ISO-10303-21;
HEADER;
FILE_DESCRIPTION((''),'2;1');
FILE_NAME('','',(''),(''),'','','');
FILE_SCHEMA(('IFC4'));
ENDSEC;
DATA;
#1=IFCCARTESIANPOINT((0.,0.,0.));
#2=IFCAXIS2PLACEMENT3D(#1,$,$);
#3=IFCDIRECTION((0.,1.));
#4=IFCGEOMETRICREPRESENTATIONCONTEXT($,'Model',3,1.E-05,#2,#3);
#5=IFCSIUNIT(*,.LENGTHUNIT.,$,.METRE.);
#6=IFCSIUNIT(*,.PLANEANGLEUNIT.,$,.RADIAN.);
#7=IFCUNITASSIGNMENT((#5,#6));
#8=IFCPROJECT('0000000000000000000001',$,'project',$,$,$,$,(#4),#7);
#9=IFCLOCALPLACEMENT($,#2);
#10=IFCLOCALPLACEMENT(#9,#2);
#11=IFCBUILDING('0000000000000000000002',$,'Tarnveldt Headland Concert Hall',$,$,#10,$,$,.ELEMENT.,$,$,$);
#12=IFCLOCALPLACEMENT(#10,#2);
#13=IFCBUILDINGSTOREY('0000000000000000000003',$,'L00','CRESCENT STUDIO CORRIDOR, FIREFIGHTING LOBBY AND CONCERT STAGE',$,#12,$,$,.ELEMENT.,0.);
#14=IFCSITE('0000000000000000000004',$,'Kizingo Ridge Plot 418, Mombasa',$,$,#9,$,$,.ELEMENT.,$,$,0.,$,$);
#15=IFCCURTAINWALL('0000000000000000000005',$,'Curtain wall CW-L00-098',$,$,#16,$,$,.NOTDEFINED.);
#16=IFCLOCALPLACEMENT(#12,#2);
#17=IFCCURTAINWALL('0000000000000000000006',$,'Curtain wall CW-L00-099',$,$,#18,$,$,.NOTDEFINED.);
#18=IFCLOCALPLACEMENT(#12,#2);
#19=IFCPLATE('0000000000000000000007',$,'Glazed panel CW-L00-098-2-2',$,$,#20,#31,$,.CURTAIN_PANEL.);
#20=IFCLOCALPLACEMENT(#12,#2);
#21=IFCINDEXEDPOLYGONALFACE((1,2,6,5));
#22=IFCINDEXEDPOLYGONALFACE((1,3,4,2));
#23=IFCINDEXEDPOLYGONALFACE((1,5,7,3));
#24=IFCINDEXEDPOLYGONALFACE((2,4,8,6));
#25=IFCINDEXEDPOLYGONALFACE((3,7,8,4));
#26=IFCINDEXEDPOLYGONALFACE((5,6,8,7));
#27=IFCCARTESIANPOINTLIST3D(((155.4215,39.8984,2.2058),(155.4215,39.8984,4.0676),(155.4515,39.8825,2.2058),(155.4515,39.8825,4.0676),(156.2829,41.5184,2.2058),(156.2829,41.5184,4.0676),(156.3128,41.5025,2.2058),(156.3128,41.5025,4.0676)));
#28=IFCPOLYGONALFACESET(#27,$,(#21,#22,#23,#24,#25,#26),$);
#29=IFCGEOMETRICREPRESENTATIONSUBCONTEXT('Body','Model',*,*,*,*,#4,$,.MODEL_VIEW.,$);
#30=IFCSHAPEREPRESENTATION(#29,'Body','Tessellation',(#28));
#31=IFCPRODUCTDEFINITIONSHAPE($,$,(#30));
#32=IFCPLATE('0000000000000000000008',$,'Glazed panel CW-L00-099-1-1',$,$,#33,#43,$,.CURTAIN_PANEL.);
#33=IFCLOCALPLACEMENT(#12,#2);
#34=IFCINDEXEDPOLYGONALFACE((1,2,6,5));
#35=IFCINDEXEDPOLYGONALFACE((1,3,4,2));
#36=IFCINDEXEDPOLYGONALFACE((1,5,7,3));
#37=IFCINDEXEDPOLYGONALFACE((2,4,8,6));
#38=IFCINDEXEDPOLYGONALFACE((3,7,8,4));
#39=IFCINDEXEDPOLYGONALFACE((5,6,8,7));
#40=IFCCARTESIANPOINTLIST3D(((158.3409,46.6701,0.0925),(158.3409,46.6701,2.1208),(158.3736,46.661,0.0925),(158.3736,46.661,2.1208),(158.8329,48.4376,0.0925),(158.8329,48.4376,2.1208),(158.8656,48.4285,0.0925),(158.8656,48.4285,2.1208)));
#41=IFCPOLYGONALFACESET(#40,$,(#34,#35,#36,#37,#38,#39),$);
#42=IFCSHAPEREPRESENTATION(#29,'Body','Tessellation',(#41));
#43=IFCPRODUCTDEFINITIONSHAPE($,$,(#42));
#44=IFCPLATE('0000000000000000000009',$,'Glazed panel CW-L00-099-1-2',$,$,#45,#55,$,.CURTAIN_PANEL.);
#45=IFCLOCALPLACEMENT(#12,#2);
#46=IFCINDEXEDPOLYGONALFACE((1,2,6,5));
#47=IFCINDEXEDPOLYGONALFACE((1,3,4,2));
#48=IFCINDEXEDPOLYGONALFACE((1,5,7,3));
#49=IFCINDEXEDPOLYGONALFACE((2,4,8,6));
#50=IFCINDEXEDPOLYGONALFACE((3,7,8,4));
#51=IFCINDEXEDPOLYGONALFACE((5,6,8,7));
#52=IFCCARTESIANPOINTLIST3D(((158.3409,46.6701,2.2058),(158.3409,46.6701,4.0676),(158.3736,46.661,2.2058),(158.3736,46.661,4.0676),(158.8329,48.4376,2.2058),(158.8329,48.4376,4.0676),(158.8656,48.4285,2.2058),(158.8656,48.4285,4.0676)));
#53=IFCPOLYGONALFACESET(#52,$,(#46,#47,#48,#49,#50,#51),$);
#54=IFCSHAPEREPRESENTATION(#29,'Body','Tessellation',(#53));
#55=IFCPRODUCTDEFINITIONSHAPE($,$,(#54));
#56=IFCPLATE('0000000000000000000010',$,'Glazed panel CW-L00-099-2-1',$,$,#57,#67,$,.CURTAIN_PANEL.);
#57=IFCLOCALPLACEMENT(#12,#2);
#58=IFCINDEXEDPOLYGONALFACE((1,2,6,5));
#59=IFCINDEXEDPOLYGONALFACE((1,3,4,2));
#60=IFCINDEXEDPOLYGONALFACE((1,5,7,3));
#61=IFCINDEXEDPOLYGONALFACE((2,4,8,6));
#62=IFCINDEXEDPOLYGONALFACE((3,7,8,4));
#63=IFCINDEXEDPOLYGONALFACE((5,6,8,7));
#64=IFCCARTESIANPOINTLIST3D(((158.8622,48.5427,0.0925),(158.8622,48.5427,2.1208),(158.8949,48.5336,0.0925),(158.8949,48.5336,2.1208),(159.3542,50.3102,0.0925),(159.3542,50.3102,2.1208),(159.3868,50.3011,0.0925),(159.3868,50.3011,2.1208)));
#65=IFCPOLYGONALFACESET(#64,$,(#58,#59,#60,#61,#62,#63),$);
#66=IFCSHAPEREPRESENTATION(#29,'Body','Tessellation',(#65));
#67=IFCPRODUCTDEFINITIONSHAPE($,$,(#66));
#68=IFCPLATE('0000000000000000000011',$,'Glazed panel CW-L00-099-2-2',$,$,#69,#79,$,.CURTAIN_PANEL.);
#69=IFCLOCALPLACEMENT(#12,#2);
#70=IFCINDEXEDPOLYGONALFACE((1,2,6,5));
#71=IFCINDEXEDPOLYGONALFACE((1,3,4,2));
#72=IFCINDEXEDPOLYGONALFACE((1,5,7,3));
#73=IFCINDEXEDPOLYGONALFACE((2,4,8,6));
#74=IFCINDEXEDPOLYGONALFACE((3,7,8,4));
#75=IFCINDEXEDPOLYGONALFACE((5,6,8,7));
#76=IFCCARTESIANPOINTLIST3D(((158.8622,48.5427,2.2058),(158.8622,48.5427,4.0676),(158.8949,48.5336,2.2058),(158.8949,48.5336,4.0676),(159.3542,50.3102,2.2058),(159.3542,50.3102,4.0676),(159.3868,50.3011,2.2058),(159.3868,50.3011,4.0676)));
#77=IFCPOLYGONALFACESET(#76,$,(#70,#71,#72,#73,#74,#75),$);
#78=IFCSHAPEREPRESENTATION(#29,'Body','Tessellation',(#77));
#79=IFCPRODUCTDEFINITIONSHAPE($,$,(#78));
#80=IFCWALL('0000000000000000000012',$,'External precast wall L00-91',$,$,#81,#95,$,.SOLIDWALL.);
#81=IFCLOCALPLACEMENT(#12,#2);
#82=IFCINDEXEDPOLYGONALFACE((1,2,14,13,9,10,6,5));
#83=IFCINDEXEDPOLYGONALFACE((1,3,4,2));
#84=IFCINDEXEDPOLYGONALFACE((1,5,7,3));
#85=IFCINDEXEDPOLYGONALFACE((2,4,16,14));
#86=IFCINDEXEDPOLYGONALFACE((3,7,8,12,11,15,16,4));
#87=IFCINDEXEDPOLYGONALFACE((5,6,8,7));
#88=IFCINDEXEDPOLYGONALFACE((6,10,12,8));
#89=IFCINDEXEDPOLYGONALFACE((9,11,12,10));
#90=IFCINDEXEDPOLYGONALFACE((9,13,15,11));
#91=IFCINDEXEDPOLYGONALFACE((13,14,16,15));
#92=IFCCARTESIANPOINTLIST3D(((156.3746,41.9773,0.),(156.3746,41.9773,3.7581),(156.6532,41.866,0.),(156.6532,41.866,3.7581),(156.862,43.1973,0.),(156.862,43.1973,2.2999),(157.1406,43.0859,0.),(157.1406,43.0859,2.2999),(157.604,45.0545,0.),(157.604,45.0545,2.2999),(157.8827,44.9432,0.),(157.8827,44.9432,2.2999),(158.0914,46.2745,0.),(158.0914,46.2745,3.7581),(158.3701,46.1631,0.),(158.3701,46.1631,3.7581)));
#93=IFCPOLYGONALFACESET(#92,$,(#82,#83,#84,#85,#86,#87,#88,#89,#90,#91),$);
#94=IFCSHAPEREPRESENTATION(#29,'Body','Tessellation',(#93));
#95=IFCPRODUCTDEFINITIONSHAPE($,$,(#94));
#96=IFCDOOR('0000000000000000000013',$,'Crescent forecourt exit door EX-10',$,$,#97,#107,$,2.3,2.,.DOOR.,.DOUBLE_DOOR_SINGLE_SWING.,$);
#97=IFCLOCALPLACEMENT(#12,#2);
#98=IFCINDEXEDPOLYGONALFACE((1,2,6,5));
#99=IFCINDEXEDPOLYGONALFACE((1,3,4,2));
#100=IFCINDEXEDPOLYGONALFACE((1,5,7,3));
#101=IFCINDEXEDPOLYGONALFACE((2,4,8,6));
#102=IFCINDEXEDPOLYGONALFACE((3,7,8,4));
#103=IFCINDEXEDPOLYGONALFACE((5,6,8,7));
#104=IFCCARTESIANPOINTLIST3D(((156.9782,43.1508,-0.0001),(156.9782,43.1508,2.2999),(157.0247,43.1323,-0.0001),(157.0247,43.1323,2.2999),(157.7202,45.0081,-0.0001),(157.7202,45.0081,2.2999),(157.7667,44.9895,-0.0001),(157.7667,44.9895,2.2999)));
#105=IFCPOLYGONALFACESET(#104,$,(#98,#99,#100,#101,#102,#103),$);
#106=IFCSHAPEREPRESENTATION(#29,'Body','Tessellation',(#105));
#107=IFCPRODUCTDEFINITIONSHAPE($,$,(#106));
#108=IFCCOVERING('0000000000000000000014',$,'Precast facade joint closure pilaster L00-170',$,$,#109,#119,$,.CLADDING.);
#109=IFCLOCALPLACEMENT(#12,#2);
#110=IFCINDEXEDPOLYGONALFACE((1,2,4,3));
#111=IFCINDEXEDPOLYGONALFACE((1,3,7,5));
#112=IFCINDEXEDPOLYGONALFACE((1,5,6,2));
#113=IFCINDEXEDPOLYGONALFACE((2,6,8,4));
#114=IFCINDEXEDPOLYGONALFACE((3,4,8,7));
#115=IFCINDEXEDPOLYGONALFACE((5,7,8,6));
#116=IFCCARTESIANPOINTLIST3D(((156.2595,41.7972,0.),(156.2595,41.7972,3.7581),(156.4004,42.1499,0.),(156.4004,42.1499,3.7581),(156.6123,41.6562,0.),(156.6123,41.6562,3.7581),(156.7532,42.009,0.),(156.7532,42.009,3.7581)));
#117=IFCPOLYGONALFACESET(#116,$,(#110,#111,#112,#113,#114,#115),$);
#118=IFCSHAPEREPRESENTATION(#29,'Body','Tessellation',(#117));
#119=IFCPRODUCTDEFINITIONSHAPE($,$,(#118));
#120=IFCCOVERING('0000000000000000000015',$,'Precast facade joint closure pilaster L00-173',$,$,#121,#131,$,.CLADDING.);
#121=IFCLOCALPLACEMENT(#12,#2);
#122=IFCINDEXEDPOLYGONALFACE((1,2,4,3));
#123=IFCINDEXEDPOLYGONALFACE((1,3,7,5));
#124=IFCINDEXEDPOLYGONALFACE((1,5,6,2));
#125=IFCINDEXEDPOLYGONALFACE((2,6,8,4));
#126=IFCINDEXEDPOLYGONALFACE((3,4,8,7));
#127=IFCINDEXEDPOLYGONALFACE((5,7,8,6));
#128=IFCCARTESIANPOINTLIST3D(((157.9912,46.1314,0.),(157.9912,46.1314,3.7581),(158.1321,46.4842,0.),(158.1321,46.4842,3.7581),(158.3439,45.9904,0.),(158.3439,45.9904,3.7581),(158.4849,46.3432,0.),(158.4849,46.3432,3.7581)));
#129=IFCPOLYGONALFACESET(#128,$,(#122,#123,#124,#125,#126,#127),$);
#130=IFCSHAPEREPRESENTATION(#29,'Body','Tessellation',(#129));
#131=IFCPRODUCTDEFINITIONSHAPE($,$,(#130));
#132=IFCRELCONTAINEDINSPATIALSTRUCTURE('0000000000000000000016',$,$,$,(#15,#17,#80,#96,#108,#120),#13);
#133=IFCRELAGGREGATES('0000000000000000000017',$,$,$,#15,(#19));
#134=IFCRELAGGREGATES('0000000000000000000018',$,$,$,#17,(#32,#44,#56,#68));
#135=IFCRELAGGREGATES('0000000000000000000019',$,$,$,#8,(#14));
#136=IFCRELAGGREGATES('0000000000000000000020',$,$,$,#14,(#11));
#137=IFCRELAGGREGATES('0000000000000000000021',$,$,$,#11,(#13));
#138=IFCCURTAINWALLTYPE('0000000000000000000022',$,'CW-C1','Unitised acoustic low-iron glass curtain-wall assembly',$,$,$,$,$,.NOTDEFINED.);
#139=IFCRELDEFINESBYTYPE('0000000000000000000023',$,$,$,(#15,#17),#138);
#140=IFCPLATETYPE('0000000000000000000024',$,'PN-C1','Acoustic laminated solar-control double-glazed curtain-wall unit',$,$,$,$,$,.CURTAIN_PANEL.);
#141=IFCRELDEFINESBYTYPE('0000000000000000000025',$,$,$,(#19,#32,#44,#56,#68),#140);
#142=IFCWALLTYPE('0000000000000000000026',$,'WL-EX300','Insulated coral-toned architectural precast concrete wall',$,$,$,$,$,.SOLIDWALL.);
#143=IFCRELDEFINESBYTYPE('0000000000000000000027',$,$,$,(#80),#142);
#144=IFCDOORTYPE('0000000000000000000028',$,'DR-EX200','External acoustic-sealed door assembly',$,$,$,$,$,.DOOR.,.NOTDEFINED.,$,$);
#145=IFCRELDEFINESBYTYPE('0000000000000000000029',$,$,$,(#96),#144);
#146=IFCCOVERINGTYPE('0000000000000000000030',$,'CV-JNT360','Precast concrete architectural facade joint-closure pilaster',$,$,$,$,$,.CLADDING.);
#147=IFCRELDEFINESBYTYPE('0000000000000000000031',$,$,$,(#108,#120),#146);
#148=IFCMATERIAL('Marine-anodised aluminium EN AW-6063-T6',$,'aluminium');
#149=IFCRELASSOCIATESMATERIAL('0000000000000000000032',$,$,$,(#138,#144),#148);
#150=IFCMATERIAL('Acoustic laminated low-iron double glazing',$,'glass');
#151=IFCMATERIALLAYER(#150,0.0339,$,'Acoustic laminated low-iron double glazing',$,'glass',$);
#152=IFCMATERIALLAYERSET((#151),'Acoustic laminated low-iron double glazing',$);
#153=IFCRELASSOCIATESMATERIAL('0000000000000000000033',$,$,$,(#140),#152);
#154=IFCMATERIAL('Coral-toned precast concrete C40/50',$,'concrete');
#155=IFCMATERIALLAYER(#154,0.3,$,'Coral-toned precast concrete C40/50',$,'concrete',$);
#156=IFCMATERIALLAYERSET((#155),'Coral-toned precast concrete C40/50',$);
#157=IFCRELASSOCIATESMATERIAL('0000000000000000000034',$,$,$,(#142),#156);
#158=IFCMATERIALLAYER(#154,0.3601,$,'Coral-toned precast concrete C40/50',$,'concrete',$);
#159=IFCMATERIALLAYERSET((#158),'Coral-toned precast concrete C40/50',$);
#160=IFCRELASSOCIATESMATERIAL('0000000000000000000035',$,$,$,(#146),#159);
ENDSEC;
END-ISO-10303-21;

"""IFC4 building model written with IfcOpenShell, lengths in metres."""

from ifc_helpers import new_model, si_unit, direction, frame, frame_2d, origin, origin_2d, place, context, subcontext, project, spatial, rectangle, extrude, material, layer, layer_set, type_object, element, fill, aggregate, save


model = new_model("IFC4")

# Units and contexts
model_context = context("Model", 3, precision=1e-05, world=origin(), true_north=direction((0.0, 1.0)))
body_context = subcontext(model_context, "Body", "Model", "MODEL_VIEW")
ifc_project = project(units=[si_unit("LENGTHUNIT", "METRE"), si_unit("PLANEANGLEUNIT", "RADIAN")], contexts=[model_context])

# Site, building, storey
site_placement = place(None, origin())
site = spatial("IfcSite", under=ifc_project, at=site_placement, Name="Kizingo Ridge Plot 418, Mombasa", CompositionType="ELEMENT", RefElevation=0.0)
building_placement = place(site_placement, origin())
building = spatial("IfcBuilding", under=site, at=building_placement, Name="Tarnveldt Headland Concert Hall", CompositionType="ELEMENT")
storey_placement = place(building_placement, origin())
storey = spatial("IfcBuildingStorey", under=building, at=storey_placement, Name="L00", Description="CRESCENT STUDIO CORRIDOR, FIREFIGHTING LOBBY AND CONCERT STAGE", CompositionType="ELEMENT", Elevation=0.0)

# Curtain walls
ifc_material_1 = material(Name="Marine-anodised aluminium EN AW-6063-T6", Category="aluminium")
curtain_wall_type = type_object("IfcCurtainWallType", Name="CW-C1", Description="Unitised acoustic low-iron glass curtain-wall assembly", PredefinedType="NOTDEFINED", material=ifc_material_1)
curtain_wall_1_placement = place(storey_placement, origin())
curtain_wall_1 = element("IfcCurtainWall", 1, at=curtain_wall_1_placement, inside=storey, type_object=curtain_wall_type, Name="Curtain wall CW-L00-098", PredefinedType="NOTDEFINED")
curtain_wall_2_placement = place(storey_placement, origin())
curtain_wall_2 = element("IfcCurtainWall", 2, at=curtain_wall_2_placement, inside=storey, type_object=curtain_wall_type, Name="Curtain wall CW-L00-099", PredefinedType="NOTDEFINED")

# Plates
ifc_material_2 = material(Name="Acoustic laminated low-iron double glazing", Category="glass")
ifc_layer_1 = layer(ifc_material_2, 0.0339, Name="Acoustic laminated low-iron double glazing", Category="glass")
ifc_layer_set_1 = layer_set([ifc_layer_1], Name="Acoustic laminated low-iron double glazing")
plate_type = type_object("IfcPlateType", Name="PN-C1", Description="Acoustic laminated solar-control double-glazed curtain-wall unit", PredefinedType="CURTAIN_PANEL", material=ifc_layer_set_1)
plate_1_placement = place(storey_placement, frame((155.8672, 40.7004, 2.2058), z_axis=(0.0, 0.0, 1.0), x_axis=(0.469472, 0.882948, 0.0)))
plate_1 = element("IfcPlate", 3, at=plate_1_placement, type_object=plate_type, Name="Glazed panel CW-L00-098-2-2", PredefinedType="CURTAIN_PANEL", context=body_context, shape_type="SweptSolid", body=[
    extrude(rectangle(XDim=1.8347, YDim=0.0339, at=origin_2d()), origin(), (0.0, 0.0, 1.0), 1.8618),
])
aggregate(curtain_wall_1, [plate_1])
plate_2_placement = place(storey_placement, frame((158.6033, 47.5493, 0.0925), z_axis=(0.0, 0.0, 1.0), x_axis=(0.268146, 0.963378, 0.0)))
plate_2 = element("IfcPlate", 4, at=plate_2_placement, type_object=plate_type, Name="Glazed panel CW-L00-099-1-1", PredefinedType="CURTAIN_PANEL", context=body_context, shape_type="SweptSolid", body=[
    extrude(rectangle(XDim=1.8347, YDim=0.0339, at=origin_2d()), origin(), (0.0, 0.0, 1.0), 2.0283),
])
plate_3_placement = place(storey_placement, frame((158.6033, 47.5493, 2.2058), z_axis=(0.0, 0.0, 1.0), x_axis=(0.268146, 0.963378, 0.0)))
plate_3 = element("IfcPlate", 5, at=plate_3_placement, type_object=plate_type, Name="Glazed panel CW-L00-099-1-2", PredefinedType="CURTAIN_PANEL", context=body_context, shape_type="SweptSolid", body=[
    extrude(rectangle(XDim=1.8347, YDim=0.0339, at=origin_2d()), origin(), (0.0, 0.0, 1.0), 1.8618),
])
plate_4_placement = place(storey_placement, frame((159.1245, 49.4219, 0.0925), z_axis=(0.0, 0.0, 1.0), x_axis=(0.268146, 0.963378, 0.0)))
plate_4 = element("IfcPlate", 6, at=plate_4_placement, type_object=plate_type, Name="Glazed panel CW-L00-099-2-1", PredefinedType="CURTAIN_PANEL", context=body_context, shape_type="SweptSolid", body=[
    extrude(rectangle(XDim=1.8347, YDim=0.0339, at=origin_2d()), origin(), (0.0, 0.0, 1.0), 2.0283),
])
plate_5_placement = place(storey_placement, frame((159.1245, 49.4219, 2.2058), z_axis=(0.0, 0.0, 1.0), x_axis=(0.268146, 0.963378, 0.0)))
plate_5 = element("IfcPlate", 7, at=plate_5_placement, type_object=plate_type, Name="Glazed panel CW-L00-099-2-2", PredefinedType="CURTAIN_PANEL", context=body_context, shape_type="SweptSolid", body=[
    extrude(rectangle(XDim=1.8347, YDim=0.0339, at=origin_2d()), origin(), (0.0, 0.0, 1.0), 1.8618),
])
aggregate(curtain_wall_2, [plate_2, plate_3, plate_4, plate_5])

# Wall, opening, door
ifc_material_3 = material(Name="Coral-toned precast concrete C40/50", Category="concrete")
ifc_layer_2 = layer(ifc_material_3, 0.3, Name="Coral-toned precast concrete C40/50", Category="concrete")
ifc_layer_set_2 = layer_set([ifc_layer_2], Name="Coral-toned precast concrete C40/50")
wall_type = type_object("IfcWallType", Name="WL-EX300", Description="Insulated coral-toned architectural precast concrete wall", PredefinedType="SOLIDWALL", material=ifc_layer_set_2)
wall_placement = place(storey_placement, frame((156.5139, 41.9216, 0.0), z_axis=(0.0, 0.0, 1.0), x_axis=(0.371009, 0.928629, 0.0)))
wall = element("IfcWall", 8, at=wall_placement, inside=storey, type_object=wall_type, Name="External precast wall L00-91", PredefinedType="SOLIDWALL", context=body_context, shape_type="SweptSolid", body=[
    extrude(rectangle(XDim=4.6274, YDim=0.3, at=frame_2d((2.3137, 0.0))), origin(), (0.0, 0.0, 1.0), 3.7581),
])
opening_placement = place(wall_placement, frame((1.3137, 0.0, 0.0)))
opening = element("IfcOpeningElement", 9, at=opening_placement, cuts=wall, PredefinedType="OPENING", context=body_context, shape_type="SweptSolid", body=[
    extrude(rectangle(XDim=2.0, YDim=2.3, at=frame_2d((1.0, 1.1499))), frame((0.0, 0.1599, 0.0), z_axis=(0.0, -1.0, 0.0), x_axis=(1.0, 0.0, 0.0)), (0.0, 0.0, 1.0), 0.3201),
])
door_type = type_object("IfcDoorType", Name="DR-EX200", Description="External acoustic-sealed door assembly", OperationType="NOTDEFINED", PredefinedType="DOOR", material=ifc_material_1)
door_placement = place(opening_placement, origin())
door = element("IfcDoor", 10, at=door_placement, inside=storey, type_object=door_type, Name="Crescent forecourt exit door EX-10", OperationType="DOUBLE_DOOR_SINGLE_SWING", OverallHeight=2.3, OverallWidth=2.0, PredefinedType="DOOR", context=body_context, shape_type="SweptSolid", body=[
    extrude(rectangle(XDim=2.0, YDim=2.3, at=frame_2d((1.0, 1.1499))), frame((0.0, 0.0249, 0.0), z_axis=(0.0, -1.0, 0.0), x_axis=(1.0, 0.0, 0.0)), (0.0, 0.0, 1.0), 0.05),
])
fill(opening, door)

# Coverings
ifc_layer_3 = layer(ifc_material_3, 0.3601, Name="Coral-toned precast concrete C40/50", Category="concrete")
ifc_layer_set_3 = layer_set([ifc_layer_3], Name="Coral-toned precast concrete C40/50")
covering_type = type_object("IfcCoveringType", Name="CV-JNT360", Description="Precast concrete architectural facade joint-closure pilaster", PredefinedType="CLADDING", material=ifc_layer_set_3)
for number, where, z_axis, x_axis, name in (
    (11, (156.5063, 41.9031, 0.0), (0.0, 0.0, 1.0), (0.371044, 0.928615, 0.0), "Precast facade joint closure pilaster L00-170"),
    (12, (158.238, 46.2373, 0.0), (0.0, 0.0, 1.0), (0.371044, 0.928615, 0.0), "Precast facade joint closure pilaster L00-173"),
):
    element("IfcCovering", number, at=place(storey_placement, frame(where, z_axis=z_axis, x_axis=x_axis)), inside=storey, type_object=covering_type, Name=name, PredefinedType="CLADDING", context=body_context, shape_type="SweptSolid", body=[
        extrude(rectangle(XDim=0.3799, YDim=0.3799, at=origin_2d()), origin(), (0.0, 0.0, 1.0), 3.7581),
    ])

save(model, "model.ifc")
